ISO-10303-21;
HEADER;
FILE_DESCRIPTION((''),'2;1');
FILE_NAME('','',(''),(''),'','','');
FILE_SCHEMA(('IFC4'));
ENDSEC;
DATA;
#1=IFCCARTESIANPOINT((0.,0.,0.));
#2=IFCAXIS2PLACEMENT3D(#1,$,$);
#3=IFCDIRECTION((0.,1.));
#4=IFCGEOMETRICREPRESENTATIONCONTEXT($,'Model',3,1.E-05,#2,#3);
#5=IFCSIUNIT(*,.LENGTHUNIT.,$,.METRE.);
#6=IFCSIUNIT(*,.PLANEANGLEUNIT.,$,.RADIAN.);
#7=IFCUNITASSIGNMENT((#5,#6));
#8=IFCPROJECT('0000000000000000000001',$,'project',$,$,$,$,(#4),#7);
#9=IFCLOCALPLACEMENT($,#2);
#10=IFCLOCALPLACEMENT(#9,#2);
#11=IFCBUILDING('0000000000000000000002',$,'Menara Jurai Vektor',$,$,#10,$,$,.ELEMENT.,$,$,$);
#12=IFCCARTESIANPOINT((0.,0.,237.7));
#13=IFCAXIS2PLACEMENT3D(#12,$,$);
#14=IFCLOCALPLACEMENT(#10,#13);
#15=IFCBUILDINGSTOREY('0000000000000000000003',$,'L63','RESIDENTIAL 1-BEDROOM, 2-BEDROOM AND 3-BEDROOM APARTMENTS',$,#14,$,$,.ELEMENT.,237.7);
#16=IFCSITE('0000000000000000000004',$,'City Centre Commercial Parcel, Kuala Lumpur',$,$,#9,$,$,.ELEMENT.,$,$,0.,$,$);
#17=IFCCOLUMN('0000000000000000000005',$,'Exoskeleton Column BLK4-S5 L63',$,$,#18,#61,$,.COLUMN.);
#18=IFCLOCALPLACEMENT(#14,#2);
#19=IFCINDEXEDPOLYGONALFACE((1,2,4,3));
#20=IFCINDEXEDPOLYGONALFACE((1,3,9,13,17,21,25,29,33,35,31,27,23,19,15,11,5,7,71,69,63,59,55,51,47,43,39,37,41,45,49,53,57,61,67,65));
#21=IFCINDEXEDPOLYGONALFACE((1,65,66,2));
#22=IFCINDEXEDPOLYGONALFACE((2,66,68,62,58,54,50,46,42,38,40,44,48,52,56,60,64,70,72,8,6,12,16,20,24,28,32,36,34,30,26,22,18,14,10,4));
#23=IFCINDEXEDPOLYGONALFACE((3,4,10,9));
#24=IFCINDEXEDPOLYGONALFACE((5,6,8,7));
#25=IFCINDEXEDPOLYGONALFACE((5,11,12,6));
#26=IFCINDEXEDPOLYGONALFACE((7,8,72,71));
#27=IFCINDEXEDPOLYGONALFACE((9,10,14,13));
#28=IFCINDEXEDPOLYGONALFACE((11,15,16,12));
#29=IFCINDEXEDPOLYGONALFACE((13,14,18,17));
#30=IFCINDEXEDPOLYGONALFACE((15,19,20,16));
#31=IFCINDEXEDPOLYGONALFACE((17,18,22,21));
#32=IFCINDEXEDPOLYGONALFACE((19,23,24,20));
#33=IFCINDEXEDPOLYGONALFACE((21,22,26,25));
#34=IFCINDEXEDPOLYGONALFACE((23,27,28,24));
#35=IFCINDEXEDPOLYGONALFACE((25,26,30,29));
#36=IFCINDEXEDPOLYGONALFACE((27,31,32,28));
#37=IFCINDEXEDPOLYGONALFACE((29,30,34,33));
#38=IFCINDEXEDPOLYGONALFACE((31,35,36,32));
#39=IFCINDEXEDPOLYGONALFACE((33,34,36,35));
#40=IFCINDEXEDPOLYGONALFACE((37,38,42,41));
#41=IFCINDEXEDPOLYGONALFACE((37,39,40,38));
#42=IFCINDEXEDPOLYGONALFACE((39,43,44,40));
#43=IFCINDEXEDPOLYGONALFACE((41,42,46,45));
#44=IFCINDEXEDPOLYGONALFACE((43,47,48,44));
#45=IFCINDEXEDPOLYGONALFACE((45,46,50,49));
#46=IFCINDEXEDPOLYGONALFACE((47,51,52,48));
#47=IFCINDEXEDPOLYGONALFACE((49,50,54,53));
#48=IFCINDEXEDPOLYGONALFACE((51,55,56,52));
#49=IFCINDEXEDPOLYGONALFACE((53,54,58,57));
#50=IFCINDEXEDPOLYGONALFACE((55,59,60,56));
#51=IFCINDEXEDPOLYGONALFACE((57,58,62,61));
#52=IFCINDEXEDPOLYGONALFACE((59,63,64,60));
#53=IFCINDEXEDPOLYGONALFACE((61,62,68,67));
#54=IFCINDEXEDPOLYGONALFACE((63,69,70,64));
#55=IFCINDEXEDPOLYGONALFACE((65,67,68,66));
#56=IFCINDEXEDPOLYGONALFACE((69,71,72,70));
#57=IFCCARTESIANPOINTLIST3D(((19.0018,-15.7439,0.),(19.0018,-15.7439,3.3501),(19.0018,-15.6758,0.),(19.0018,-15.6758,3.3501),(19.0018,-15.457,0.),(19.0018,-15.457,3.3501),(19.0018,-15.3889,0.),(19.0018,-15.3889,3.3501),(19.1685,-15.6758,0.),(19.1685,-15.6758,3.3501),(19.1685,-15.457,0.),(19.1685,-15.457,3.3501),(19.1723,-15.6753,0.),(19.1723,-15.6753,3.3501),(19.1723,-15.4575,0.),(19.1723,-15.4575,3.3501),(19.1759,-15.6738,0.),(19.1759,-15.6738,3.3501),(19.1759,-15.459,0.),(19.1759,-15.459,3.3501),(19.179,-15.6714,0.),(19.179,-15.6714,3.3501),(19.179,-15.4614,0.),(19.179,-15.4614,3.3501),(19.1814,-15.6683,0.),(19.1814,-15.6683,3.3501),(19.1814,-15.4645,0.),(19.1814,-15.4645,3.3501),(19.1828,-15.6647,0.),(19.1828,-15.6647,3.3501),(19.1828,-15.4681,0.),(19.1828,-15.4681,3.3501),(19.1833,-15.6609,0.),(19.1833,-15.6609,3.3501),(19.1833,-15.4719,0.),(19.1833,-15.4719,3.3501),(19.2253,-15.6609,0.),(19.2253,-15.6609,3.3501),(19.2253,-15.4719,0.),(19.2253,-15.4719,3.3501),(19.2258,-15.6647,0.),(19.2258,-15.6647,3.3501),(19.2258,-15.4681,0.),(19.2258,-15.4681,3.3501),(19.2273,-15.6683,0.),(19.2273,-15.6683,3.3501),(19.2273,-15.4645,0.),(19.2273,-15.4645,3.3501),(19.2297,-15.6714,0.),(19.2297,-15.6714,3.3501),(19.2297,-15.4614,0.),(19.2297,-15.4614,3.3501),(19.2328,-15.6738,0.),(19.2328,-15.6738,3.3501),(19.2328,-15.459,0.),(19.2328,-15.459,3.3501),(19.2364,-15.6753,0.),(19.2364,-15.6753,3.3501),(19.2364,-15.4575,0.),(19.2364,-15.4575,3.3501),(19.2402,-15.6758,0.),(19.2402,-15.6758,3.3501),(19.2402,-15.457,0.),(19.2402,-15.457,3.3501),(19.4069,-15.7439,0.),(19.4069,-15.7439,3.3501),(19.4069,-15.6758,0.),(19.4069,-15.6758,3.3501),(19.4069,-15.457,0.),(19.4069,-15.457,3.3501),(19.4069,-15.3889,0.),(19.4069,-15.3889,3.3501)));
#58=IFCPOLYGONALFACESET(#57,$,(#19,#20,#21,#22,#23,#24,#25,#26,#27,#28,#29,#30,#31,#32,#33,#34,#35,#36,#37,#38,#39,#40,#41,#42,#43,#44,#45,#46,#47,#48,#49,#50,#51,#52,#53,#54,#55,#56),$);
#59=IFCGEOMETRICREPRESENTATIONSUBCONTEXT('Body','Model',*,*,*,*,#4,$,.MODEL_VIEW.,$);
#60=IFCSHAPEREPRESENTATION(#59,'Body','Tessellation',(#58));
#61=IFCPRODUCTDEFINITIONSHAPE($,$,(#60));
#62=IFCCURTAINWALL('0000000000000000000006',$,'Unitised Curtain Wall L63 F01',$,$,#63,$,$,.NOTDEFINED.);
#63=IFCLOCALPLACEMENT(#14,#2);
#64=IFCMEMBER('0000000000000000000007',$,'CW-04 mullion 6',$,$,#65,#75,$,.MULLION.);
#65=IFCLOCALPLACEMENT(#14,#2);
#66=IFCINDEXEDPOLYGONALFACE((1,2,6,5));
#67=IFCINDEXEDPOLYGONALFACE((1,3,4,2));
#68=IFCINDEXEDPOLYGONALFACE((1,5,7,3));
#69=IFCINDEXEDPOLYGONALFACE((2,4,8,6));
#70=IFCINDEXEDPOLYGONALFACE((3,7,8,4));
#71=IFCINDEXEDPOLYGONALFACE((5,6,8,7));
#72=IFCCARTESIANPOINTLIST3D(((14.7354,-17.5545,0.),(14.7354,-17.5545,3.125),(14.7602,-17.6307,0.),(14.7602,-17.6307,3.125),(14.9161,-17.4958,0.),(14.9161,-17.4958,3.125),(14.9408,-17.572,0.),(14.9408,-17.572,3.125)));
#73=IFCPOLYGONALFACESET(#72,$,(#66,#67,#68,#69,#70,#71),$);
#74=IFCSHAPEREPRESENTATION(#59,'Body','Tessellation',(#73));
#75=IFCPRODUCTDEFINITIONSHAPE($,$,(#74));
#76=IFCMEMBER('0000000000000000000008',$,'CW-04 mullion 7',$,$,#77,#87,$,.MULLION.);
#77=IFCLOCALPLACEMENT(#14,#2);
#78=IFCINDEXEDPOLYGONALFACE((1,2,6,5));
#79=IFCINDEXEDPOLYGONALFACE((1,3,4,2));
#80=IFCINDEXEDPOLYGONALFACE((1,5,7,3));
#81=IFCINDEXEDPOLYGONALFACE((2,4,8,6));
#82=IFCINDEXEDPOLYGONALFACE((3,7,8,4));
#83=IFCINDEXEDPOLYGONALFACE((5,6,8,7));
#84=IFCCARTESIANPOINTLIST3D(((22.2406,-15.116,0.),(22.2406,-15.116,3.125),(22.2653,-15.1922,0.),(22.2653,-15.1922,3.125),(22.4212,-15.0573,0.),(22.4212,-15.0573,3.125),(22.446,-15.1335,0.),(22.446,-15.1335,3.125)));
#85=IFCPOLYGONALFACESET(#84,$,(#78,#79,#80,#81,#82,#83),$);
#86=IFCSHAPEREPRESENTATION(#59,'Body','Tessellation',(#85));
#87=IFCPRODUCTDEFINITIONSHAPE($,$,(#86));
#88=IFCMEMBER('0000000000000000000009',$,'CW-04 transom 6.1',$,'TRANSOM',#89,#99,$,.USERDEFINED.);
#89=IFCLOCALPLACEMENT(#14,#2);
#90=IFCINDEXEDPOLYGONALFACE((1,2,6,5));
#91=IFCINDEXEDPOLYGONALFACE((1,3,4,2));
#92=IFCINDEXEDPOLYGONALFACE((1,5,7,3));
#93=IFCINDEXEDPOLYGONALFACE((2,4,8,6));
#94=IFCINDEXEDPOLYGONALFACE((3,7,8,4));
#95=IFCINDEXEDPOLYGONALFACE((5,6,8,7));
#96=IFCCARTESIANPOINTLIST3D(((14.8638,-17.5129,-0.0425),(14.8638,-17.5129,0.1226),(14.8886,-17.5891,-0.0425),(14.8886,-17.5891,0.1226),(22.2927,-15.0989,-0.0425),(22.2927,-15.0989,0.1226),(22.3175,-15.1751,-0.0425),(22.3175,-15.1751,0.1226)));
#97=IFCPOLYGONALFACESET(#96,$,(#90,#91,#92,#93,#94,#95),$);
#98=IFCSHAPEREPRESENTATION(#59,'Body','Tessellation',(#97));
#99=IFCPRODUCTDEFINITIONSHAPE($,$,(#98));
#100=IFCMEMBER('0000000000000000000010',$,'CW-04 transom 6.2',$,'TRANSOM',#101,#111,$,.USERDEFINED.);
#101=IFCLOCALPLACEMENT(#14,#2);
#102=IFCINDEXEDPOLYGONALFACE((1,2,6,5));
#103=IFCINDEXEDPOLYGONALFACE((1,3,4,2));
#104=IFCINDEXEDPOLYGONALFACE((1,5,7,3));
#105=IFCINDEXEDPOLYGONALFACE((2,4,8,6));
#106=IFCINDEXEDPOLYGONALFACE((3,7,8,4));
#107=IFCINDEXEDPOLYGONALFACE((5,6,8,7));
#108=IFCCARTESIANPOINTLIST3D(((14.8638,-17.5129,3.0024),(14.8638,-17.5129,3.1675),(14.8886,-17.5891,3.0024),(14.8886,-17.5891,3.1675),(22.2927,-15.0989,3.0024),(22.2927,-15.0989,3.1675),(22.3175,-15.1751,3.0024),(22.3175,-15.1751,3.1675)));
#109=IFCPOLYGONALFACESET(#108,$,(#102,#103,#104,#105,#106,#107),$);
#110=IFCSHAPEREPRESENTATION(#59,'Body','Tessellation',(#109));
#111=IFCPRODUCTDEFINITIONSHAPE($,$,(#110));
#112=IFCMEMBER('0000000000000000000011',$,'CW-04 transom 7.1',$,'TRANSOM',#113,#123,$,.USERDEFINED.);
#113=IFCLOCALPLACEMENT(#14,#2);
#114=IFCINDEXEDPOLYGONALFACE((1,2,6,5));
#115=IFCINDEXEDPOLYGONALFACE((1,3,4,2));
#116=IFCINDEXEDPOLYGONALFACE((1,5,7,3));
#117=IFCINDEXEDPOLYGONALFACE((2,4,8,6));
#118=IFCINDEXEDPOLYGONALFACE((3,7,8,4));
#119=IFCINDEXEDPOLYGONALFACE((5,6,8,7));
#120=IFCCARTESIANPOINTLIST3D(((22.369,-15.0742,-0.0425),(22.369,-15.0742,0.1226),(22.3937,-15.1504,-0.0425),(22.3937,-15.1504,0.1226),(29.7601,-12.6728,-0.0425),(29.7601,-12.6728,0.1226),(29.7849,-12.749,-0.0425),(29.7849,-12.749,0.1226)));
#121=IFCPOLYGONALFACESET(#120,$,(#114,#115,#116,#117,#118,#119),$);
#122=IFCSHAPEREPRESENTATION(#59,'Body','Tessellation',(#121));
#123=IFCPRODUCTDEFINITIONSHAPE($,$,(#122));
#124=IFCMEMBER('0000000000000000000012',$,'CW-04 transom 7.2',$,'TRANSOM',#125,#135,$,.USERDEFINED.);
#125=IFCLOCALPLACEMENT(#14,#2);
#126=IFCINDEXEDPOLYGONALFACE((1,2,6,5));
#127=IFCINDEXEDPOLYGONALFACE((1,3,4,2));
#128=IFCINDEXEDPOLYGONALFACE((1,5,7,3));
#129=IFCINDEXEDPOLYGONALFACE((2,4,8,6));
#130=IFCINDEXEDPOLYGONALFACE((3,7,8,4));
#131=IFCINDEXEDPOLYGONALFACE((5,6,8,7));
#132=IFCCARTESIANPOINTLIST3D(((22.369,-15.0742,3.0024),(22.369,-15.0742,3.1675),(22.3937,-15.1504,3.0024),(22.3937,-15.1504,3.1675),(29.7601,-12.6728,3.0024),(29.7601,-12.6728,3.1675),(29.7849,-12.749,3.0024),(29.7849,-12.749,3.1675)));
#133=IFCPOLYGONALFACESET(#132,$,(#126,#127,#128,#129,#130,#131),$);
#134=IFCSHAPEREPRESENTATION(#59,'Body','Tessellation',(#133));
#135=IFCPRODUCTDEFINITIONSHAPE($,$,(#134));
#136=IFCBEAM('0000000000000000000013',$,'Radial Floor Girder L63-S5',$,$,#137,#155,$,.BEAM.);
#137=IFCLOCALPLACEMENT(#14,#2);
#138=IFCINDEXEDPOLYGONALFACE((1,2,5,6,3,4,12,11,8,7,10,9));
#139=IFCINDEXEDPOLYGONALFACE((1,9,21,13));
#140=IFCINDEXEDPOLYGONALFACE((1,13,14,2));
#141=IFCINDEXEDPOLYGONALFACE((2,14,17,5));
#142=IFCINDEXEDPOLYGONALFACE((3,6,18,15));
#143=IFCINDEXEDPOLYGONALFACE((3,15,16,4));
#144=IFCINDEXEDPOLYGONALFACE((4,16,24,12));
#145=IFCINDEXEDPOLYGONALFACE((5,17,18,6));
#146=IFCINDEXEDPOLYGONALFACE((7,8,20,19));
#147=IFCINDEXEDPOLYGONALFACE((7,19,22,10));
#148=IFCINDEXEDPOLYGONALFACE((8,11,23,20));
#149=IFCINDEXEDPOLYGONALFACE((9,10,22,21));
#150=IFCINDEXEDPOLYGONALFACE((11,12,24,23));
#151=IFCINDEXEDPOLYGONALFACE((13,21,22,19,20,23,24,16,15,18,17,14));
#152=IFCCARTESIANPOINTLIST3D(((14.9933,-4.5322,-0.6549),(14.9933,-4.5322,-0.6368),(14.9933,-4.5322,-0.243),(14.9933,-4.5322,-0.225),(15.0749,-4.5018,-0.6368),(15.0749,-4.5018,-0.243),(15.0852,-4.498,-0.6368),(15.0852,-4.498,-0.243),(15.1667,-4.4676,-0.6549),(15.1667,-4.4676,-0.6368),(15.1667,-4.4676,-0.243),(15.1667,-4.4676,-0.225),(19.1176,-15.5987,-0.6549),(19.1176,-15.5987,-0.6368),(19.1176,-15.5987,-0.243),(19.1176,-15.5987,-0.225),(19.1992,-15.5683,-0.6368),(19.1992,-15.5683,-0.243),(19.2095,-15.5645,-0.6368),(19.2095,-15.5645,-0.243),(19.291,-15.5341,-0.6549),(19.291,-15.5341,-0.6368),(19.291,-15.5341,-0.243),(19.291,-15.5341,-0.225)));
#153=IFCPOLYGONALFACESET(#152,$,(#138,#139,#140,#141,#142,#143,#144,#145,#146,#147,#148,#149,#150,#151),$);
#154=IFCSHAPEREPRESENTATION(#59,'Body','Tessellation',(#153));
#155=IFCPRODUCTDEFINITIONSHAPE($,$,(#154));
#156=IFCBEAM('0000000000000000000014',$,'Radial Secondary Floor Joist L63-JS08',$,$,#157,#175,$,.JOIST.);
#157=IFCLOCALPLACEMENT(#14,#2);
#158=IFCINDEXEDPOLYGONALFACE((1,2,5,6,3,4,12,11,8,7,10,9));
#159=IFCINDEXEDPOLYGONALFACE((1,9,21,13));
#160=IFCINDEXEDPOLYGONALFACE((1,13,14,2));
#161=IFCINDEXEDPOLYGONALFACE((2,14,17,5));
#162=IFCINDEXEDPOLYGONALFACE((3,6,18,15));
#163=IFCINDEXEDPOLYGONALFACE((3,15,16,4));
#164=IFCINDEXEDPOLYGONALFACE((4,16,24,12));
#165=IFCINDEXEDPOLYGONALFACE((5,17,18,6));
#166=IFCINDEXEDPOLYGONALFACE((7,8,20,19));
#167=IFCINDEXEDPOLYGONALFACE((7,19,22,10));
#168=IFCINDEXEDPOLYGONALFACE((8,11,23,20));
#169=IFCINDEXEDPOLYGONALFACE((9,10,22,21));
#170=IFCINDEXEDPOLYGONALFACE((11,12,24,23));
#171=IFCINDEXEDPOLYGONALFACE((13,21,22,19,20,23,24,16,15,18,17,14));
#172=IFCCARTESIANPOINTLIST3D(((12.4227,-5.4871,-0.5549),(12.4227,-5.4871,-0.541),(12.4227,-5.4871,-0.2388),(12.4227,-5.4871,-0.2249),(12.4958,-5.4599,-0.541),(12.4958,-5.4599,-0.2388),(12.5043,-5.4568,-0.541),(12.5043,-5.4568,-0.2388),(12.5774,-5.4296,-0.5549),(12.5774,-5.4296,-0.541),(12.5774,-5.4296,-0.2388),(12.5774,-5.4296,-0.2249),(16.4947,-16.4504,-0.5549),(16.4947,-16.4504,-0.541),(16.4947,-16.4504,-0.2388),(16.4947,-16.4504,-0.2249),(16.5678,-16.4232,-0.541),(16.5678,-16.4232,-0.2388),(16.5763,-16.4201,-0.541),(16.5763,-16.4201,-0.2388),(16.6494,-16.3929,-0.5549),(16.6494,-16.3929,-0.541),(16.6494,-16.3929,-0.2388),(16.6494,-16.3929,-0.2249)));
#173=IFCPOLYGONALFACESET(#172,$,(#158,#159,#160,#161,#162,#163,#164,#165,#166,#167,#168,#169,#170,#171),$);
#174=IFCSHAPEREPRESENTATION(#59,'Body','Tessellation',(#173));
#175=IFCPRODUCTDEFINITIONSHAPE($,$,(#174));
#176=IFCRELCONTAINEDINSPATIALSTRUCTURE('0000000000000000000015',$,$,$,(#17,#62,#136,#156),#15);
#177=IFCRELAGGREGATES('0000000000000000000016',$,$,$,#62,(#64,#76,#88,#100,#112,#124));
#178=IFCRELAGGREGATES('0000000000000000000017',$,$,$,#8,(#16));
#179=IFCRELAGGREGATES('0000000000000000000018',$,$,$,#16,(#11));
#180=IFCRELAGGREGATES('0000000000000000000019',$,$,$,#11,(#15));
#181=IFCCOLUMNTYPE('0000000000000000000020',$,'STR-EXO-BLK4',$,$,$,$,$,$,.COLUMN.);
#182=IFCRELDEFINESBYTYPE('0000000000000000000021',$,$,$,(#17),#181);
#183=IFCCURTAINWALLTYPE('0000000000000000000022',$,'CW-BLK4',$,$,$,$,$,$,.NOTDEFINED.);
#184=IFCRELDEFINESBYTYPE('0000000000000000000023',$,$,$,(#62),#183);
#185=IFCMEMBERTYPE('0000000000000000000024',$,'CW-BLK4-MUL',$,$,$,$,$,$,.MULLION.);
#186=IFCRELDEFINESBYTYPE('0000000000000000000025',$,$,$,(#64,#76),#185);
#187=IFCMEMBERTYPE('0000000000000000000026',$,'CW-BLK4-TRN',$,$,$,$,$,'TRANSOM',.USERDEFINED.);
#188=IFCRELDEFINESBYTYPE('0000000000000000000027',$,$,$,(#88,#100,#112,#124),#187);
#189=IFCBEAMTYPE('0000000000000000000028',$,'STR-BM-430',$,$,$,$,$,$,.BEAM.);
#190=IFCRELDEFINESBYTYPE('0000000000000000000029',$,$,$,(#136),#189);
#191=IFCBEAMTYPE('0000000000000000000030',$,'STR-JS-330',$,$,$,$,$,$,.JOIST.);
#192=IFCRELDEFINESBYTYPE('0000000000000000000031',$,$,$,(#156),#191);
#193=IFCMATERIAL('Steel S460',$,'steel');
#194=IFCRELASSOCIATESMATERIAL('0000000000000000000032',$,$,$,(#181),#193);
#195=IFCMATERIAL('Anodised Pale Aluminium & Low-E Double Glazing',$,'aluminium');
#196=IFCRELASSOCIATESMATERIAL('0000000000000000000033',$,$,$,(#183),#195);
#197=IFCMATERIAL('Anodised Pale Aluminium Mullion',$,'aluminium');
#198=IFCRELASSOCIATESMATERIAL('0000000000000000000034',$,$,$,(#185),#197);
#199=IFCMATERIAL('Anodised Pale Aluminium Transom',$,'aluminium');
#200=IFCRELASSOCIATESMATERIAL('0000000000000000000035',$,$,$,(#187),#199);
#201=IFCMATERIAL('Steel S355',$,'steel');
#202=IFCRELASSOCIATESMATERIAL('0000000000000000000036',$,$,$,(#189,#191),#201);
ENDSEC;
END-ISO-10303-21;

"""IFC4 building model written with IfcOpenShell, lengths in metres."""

from ifc_helpers import new_model, si_unit, direction, frame, origin, origin_2d, place, context, subcontext, project, spatial, rectangle, i_section, extrude, material, material_profile, profile_set, type_object, element, aggregate, save


model = new_model("IFC4")

# Units and contexts
model_context = context("Model", 3, precision=1e-05, world=origin(), true_north=direction((0.0, 1.0)))
body_context = subcontext(model_context, "Body", "Model", "MODEL_VIEW")
ifc_project = project(units=[si_unit("LENGTHUNIT", "METRE"), si_unit("PLANEANGLEUNIT", "RADIAN")], contexts=[model_context])

# Site, building, storey
site_placement = place(None, origin())
site = spatial("IfcSite", under=ifc_project, at=site_placement, Name="City Centre Commercial Parcel, Kuala Lumpur", CompositionType="ELEMENT", RefElevation=0.0)
building_placement = place(site_placement, origin())
building = spatial("IfcBuilding", under=site, at=building_placement, Name="Menara Jurai Vektor", CompositionType="ELEMENT")
storey_placement = place(building_placement, frame((0.0, 0.0, 237.7)))
storey = spatial("IfcBuildingStorey", under=building, at=storey_placement, Name="L63", Description="RESIDENTIAL 1-BEDROOM, 2-BEDROOM AND 3-BEDROOM APARTMENTS", CompositionType="ELEMENT", Elevation=237.7)

# Column
ifc_material_1 = material(Name="Steel S460", Category="steel")
ifc_material_profile_1 = material_profile(ifc_material_1, i_section(OverallWidth=0.405, OverallDepth=0.355, WebThickness=0.042, FlangeThickness=0.0681, FilletRadius=0.0149, at=origin_2d()), Name="HD 400x551")
ifc_profile_set_1 = profile_set([ifc_material_profile_1], Name="Steel S460")
column_type = type_object("IfcColumnType", Name="STR-EXO-BLK4", PredefinedType="COLUMN", material=ifc_profile_set_1)
column_placement = place(storey_placement, frame((19.2043, -15.5664, 0.0), z_axis=(0.0, 0.0, 1.0), x_axis=(1.0, 0.0, 0.0)))
element("IfcColumn", 1, at=column_placement, inside=storey, type_object=column_type, Name="Exoskeleton Column BLK4-S5 L63", PredefinedType="COLUMN", context=body_context, shape_type="SweptSolid", body=[
    extrude(i_section(OverallWidth=0.405, OverallDepth=0.355, WebThickness=0.042, FlangeThickness=0.0681, FilletRadius=0.0149, at=origin_2d()), origin(), (0.0, 0.0, 1.0), 3.3501),
])

# Curtain wall, members
ifc_material_2 = material(Name="Anodised Pale Aluminium & Low-E Double Glazing", Category="aluminium")
curtain_wall_type = type_object("IfcCurtainWallType", Name="CW-BLK4", PredefinedType="NOTDEFINED", material=ifc_material_2)
curtain_wall_placement = place(storey_placement, origin())
curtain_wall = element("IfcCurtainWall", 2, at=curtain_wall_placement, inside=storey, type_object=curtain_wall_type, Name="Unitised Curtain Wall L63 F01", PredefinedType="NOTDEFINED")
ifc_material_3 = material(Name="Anodised Pale Aluminium Mullion", Category="aluminium")
ifc_material_profile_2 = material_profile(ifc_material_3, rectangle(XDim=0.0801, YDim=0.1899, at=origin_2d()), Name="ALU MUL 80x190")
ifc_profile_set_2 = profile_set([ifc_material_profile_2], Name="Anodised Pale Aluminium Mullion")
member_type_1 = type_object("IfcMemberType", Name="CW-BLK4-MUL", PredefinedType="MULLION", material=ifc_profile_set_2)
member_1_placement = place(storey_placement, frame((14.8381, -17.5632, 0.0), z_axis=(0.0, 0.0, 1.0), x_axis=(-0.309017, 0.951056, 0.0)))
member_1 = element("IfcMember", 3, at=member_1_placement, type_object=member_type_1, Name="CW-04 mullion 6", PredefinedType="MULLION", context=body_context, shape_type="SweptSolid", body=[
    extrude(rectangle(XDim=0.0801, YDim=0.1899, at=origin_2d()), origin(), (0.0, 0.0, 1.0), 3.125),
])
member_2_placement = place(storey_placement, frame((22.3433, -15.1248, 0.0), z_axis=(0.0, 0.0, 1.0), x_axis=(-0.309017, 0.951056, 0.0)))
member_2 = element("IfcMember", 4, at=member_2_placement, type_object=member_type_1, Name="CW-04 mullion 7", PredefinedType="MULLION", context=body_context, shape_type="SweptSolid", body=[
    extrude(rectangle(XDim=0.0801, YDim=0.1899, at=origin_2d()), origin(), (0.0, 0.0, 1.0), 3.125),
])
ifc_material_4 = material(Name="Anodised Pale Aluminium Transom", Category="aluminium")
ifc_material_profile_3 = material_profile(ifc_material_4, rectangle(XDim=0.0801, YDim=0.165, at=origin_2d()), Name="ALU TRN 80x165")
ifc_profile_set_3 = profile_set([ifc_material_profile_3], Name="Anodised Pale Aluminium Transom")
member_type_2 = type_object("IfcMemberType", Name="CW-BLK4-TRN", ElementType="TRANSOM", PredefinedType="USERDEFINED", material=ifc_profile_set_3)
member_3_placement = place(storey_placement, frame((14.8762, -17.551, 0.04), z_axis=(0.951047, 0.309046, 0.0), x_axis=(-0.309046, 0.951047, 0.0)))
member_3 = element("IfcMember", 5, at=member_3_placement, type_object=member_type_2, Name="CW-04 transom 6.1", ObjectType="TRANSOM", PredefinedType="USERDEFINED", context=body_context, shape_type="SweptSolid", body=[
    extrude(rectangle(XDim=0.0801, YDim=0.165, at=origin_2d()), origin(), (0.0, 0.0, 1.0), 7.8113),
])
member_4_placement = place(storey_placement, frame((14.8762, -17.551, 3.085), z_axis=(0.951047, 0.309046, 0.0), x_axis=(-0.309046, 0.951047, 0.0)))
member_4 = element("IfcMember", 6, at=member_4_placement, type_object=member_type_2, Name="CW-04 transom 6.2", ObjectType="TRANSOM", PredefinedType="USERDEFINED", context=body_context, shape_type="SweptSolid", body=[
    extrude(rectangle(XDim=0.0801, YDim=0.165, at=origin_2d()), origin(), (0.0, 0.0, 1.0), 7.8113),
])
member_5_placement = place(storey_placement, frame((22.3813, -15.1123, 0.04), z_axis=(0.951062, 0.308999, 0.0), x_axis=(-0.308999, 0.951062, 0.0)))
member_5 = element("IfcMember", 7, at=member_5_placement, type_object=member_type_2, Name="CW-04 transom 7.1", ObjectType="TRANSOM", PredefinedType="USERDEFINED", context=body_context, shape_type="SweptSolid", body=[
    extrude(rectangle(XDim=0.0801, YDim=0.165, at=origin_2d()), origin(), (0.0, 0.0, 1.0), 7.7715),
])
member_6_placement = place(storey_placement, frame((22.3813, -15.1123, 3.085), z_axis=(0.951062, 0.308999, 0.0), x_axis=(-0.308999, 0.951062, 0.0)))
member_6 = element("IfcMember", 8, at=member_6_placement, type_object=member_type_2, Name="CW-04 transom 7.2", ObjectType="TRANSOM", PredefinedType="USERDEFINED", context=body_context, shape_type="SweptSolid", body=[
    extrude(rectangle(XDim=0.0801, YDim=0.165, at=origin_2d()), origin(), (0.0, 0.0, 1.0), 7.7715),
])

# Beams
ifc_material_5 = material(Name="Steel S355", Category="steel")
ifc_material_profile_4 = material_profile(ifc_material_5, i_section(OverallWidth=0.1851, OverallDepth=0.4299, WebThickness=0.011, FlangeThickness=0.0181, at=origin_2d()), Name="PG 430x185x76")
ifc_profile_set_4 = profile_set([ifc_material_profile_4], Name="Steel S355")
beam_type_1 = type_object("IfcBeamType", Name="STR-BM-430", PredefinedType="BEAM", material=ifc_profile_set_4)
beam_1_placement = place(storey_placement, frame((19.2043, -15.5664, -0.4399), z_axis=(-0.34922, 0.937041, 0.0), x_axis=(-0.937041, -0.34922, 0.0)))
element("IfcBeam", 9, at=beam_1_placement, inside=storey, type_object=beam_type_1, Name="Radial Floor Girder L63-S5", PredefinedType="BEAM", context=body_context, shape_type="SweptSolid", body=[
    extrude(i_section(OverallWidth=0.1851, OverallDepth=0.4299, WebThickness=0.011, FlangeThickness=0.0181, at=origin_2d()), origin(), (0.0, 0.0, 1.0), 11.8101),
])
ifc_material_profile_5 = material_profile(ifc_material_5, i_section(OverallWidth=0.165, OverallDepth=0.3301, WebThickness=0.009, FlangeThickness=0.0139, at=origin_2d()), Name="PG 330x165x46")
ifc_profile_set_5 = profile_set([ifc_material_profile_5], Name="Steel S355")
beam_type_2 = type_object("IfcBeamType", Name="STR-JS-330", PredefinedType="JOIST", material=ifc_profile_set_5)
beam_2_placement = place(storey_placement, frame((16.572, -16.4216, -0.3899), z_axis=(-0.34818, 0.937428, 0.0), x_axis=(-0.937428, -0.34818, 0.0)))
element("IfcBeam", 10, at=beam_2_placement, inside=storey, type_object=beam_type_2, Name="Radial Secondary Floor Joist L63-JS08", PredefinedType="JOIST", context=body_context, shape_type="SweptSolid", body=[
    extrude(i_section(OverallWidth=0.165, OverallDepth=0.3301, WebThickness=0.009, FlangeThickness=0.0139, at=origin_2d()), origin(), (0.0, 0.0, 1.0), 11.6951),
])

aggregate(curtain_wall, [member_1, member_2, member_3, member_4, member_5, member_6])

save(model, "model.ifc")
